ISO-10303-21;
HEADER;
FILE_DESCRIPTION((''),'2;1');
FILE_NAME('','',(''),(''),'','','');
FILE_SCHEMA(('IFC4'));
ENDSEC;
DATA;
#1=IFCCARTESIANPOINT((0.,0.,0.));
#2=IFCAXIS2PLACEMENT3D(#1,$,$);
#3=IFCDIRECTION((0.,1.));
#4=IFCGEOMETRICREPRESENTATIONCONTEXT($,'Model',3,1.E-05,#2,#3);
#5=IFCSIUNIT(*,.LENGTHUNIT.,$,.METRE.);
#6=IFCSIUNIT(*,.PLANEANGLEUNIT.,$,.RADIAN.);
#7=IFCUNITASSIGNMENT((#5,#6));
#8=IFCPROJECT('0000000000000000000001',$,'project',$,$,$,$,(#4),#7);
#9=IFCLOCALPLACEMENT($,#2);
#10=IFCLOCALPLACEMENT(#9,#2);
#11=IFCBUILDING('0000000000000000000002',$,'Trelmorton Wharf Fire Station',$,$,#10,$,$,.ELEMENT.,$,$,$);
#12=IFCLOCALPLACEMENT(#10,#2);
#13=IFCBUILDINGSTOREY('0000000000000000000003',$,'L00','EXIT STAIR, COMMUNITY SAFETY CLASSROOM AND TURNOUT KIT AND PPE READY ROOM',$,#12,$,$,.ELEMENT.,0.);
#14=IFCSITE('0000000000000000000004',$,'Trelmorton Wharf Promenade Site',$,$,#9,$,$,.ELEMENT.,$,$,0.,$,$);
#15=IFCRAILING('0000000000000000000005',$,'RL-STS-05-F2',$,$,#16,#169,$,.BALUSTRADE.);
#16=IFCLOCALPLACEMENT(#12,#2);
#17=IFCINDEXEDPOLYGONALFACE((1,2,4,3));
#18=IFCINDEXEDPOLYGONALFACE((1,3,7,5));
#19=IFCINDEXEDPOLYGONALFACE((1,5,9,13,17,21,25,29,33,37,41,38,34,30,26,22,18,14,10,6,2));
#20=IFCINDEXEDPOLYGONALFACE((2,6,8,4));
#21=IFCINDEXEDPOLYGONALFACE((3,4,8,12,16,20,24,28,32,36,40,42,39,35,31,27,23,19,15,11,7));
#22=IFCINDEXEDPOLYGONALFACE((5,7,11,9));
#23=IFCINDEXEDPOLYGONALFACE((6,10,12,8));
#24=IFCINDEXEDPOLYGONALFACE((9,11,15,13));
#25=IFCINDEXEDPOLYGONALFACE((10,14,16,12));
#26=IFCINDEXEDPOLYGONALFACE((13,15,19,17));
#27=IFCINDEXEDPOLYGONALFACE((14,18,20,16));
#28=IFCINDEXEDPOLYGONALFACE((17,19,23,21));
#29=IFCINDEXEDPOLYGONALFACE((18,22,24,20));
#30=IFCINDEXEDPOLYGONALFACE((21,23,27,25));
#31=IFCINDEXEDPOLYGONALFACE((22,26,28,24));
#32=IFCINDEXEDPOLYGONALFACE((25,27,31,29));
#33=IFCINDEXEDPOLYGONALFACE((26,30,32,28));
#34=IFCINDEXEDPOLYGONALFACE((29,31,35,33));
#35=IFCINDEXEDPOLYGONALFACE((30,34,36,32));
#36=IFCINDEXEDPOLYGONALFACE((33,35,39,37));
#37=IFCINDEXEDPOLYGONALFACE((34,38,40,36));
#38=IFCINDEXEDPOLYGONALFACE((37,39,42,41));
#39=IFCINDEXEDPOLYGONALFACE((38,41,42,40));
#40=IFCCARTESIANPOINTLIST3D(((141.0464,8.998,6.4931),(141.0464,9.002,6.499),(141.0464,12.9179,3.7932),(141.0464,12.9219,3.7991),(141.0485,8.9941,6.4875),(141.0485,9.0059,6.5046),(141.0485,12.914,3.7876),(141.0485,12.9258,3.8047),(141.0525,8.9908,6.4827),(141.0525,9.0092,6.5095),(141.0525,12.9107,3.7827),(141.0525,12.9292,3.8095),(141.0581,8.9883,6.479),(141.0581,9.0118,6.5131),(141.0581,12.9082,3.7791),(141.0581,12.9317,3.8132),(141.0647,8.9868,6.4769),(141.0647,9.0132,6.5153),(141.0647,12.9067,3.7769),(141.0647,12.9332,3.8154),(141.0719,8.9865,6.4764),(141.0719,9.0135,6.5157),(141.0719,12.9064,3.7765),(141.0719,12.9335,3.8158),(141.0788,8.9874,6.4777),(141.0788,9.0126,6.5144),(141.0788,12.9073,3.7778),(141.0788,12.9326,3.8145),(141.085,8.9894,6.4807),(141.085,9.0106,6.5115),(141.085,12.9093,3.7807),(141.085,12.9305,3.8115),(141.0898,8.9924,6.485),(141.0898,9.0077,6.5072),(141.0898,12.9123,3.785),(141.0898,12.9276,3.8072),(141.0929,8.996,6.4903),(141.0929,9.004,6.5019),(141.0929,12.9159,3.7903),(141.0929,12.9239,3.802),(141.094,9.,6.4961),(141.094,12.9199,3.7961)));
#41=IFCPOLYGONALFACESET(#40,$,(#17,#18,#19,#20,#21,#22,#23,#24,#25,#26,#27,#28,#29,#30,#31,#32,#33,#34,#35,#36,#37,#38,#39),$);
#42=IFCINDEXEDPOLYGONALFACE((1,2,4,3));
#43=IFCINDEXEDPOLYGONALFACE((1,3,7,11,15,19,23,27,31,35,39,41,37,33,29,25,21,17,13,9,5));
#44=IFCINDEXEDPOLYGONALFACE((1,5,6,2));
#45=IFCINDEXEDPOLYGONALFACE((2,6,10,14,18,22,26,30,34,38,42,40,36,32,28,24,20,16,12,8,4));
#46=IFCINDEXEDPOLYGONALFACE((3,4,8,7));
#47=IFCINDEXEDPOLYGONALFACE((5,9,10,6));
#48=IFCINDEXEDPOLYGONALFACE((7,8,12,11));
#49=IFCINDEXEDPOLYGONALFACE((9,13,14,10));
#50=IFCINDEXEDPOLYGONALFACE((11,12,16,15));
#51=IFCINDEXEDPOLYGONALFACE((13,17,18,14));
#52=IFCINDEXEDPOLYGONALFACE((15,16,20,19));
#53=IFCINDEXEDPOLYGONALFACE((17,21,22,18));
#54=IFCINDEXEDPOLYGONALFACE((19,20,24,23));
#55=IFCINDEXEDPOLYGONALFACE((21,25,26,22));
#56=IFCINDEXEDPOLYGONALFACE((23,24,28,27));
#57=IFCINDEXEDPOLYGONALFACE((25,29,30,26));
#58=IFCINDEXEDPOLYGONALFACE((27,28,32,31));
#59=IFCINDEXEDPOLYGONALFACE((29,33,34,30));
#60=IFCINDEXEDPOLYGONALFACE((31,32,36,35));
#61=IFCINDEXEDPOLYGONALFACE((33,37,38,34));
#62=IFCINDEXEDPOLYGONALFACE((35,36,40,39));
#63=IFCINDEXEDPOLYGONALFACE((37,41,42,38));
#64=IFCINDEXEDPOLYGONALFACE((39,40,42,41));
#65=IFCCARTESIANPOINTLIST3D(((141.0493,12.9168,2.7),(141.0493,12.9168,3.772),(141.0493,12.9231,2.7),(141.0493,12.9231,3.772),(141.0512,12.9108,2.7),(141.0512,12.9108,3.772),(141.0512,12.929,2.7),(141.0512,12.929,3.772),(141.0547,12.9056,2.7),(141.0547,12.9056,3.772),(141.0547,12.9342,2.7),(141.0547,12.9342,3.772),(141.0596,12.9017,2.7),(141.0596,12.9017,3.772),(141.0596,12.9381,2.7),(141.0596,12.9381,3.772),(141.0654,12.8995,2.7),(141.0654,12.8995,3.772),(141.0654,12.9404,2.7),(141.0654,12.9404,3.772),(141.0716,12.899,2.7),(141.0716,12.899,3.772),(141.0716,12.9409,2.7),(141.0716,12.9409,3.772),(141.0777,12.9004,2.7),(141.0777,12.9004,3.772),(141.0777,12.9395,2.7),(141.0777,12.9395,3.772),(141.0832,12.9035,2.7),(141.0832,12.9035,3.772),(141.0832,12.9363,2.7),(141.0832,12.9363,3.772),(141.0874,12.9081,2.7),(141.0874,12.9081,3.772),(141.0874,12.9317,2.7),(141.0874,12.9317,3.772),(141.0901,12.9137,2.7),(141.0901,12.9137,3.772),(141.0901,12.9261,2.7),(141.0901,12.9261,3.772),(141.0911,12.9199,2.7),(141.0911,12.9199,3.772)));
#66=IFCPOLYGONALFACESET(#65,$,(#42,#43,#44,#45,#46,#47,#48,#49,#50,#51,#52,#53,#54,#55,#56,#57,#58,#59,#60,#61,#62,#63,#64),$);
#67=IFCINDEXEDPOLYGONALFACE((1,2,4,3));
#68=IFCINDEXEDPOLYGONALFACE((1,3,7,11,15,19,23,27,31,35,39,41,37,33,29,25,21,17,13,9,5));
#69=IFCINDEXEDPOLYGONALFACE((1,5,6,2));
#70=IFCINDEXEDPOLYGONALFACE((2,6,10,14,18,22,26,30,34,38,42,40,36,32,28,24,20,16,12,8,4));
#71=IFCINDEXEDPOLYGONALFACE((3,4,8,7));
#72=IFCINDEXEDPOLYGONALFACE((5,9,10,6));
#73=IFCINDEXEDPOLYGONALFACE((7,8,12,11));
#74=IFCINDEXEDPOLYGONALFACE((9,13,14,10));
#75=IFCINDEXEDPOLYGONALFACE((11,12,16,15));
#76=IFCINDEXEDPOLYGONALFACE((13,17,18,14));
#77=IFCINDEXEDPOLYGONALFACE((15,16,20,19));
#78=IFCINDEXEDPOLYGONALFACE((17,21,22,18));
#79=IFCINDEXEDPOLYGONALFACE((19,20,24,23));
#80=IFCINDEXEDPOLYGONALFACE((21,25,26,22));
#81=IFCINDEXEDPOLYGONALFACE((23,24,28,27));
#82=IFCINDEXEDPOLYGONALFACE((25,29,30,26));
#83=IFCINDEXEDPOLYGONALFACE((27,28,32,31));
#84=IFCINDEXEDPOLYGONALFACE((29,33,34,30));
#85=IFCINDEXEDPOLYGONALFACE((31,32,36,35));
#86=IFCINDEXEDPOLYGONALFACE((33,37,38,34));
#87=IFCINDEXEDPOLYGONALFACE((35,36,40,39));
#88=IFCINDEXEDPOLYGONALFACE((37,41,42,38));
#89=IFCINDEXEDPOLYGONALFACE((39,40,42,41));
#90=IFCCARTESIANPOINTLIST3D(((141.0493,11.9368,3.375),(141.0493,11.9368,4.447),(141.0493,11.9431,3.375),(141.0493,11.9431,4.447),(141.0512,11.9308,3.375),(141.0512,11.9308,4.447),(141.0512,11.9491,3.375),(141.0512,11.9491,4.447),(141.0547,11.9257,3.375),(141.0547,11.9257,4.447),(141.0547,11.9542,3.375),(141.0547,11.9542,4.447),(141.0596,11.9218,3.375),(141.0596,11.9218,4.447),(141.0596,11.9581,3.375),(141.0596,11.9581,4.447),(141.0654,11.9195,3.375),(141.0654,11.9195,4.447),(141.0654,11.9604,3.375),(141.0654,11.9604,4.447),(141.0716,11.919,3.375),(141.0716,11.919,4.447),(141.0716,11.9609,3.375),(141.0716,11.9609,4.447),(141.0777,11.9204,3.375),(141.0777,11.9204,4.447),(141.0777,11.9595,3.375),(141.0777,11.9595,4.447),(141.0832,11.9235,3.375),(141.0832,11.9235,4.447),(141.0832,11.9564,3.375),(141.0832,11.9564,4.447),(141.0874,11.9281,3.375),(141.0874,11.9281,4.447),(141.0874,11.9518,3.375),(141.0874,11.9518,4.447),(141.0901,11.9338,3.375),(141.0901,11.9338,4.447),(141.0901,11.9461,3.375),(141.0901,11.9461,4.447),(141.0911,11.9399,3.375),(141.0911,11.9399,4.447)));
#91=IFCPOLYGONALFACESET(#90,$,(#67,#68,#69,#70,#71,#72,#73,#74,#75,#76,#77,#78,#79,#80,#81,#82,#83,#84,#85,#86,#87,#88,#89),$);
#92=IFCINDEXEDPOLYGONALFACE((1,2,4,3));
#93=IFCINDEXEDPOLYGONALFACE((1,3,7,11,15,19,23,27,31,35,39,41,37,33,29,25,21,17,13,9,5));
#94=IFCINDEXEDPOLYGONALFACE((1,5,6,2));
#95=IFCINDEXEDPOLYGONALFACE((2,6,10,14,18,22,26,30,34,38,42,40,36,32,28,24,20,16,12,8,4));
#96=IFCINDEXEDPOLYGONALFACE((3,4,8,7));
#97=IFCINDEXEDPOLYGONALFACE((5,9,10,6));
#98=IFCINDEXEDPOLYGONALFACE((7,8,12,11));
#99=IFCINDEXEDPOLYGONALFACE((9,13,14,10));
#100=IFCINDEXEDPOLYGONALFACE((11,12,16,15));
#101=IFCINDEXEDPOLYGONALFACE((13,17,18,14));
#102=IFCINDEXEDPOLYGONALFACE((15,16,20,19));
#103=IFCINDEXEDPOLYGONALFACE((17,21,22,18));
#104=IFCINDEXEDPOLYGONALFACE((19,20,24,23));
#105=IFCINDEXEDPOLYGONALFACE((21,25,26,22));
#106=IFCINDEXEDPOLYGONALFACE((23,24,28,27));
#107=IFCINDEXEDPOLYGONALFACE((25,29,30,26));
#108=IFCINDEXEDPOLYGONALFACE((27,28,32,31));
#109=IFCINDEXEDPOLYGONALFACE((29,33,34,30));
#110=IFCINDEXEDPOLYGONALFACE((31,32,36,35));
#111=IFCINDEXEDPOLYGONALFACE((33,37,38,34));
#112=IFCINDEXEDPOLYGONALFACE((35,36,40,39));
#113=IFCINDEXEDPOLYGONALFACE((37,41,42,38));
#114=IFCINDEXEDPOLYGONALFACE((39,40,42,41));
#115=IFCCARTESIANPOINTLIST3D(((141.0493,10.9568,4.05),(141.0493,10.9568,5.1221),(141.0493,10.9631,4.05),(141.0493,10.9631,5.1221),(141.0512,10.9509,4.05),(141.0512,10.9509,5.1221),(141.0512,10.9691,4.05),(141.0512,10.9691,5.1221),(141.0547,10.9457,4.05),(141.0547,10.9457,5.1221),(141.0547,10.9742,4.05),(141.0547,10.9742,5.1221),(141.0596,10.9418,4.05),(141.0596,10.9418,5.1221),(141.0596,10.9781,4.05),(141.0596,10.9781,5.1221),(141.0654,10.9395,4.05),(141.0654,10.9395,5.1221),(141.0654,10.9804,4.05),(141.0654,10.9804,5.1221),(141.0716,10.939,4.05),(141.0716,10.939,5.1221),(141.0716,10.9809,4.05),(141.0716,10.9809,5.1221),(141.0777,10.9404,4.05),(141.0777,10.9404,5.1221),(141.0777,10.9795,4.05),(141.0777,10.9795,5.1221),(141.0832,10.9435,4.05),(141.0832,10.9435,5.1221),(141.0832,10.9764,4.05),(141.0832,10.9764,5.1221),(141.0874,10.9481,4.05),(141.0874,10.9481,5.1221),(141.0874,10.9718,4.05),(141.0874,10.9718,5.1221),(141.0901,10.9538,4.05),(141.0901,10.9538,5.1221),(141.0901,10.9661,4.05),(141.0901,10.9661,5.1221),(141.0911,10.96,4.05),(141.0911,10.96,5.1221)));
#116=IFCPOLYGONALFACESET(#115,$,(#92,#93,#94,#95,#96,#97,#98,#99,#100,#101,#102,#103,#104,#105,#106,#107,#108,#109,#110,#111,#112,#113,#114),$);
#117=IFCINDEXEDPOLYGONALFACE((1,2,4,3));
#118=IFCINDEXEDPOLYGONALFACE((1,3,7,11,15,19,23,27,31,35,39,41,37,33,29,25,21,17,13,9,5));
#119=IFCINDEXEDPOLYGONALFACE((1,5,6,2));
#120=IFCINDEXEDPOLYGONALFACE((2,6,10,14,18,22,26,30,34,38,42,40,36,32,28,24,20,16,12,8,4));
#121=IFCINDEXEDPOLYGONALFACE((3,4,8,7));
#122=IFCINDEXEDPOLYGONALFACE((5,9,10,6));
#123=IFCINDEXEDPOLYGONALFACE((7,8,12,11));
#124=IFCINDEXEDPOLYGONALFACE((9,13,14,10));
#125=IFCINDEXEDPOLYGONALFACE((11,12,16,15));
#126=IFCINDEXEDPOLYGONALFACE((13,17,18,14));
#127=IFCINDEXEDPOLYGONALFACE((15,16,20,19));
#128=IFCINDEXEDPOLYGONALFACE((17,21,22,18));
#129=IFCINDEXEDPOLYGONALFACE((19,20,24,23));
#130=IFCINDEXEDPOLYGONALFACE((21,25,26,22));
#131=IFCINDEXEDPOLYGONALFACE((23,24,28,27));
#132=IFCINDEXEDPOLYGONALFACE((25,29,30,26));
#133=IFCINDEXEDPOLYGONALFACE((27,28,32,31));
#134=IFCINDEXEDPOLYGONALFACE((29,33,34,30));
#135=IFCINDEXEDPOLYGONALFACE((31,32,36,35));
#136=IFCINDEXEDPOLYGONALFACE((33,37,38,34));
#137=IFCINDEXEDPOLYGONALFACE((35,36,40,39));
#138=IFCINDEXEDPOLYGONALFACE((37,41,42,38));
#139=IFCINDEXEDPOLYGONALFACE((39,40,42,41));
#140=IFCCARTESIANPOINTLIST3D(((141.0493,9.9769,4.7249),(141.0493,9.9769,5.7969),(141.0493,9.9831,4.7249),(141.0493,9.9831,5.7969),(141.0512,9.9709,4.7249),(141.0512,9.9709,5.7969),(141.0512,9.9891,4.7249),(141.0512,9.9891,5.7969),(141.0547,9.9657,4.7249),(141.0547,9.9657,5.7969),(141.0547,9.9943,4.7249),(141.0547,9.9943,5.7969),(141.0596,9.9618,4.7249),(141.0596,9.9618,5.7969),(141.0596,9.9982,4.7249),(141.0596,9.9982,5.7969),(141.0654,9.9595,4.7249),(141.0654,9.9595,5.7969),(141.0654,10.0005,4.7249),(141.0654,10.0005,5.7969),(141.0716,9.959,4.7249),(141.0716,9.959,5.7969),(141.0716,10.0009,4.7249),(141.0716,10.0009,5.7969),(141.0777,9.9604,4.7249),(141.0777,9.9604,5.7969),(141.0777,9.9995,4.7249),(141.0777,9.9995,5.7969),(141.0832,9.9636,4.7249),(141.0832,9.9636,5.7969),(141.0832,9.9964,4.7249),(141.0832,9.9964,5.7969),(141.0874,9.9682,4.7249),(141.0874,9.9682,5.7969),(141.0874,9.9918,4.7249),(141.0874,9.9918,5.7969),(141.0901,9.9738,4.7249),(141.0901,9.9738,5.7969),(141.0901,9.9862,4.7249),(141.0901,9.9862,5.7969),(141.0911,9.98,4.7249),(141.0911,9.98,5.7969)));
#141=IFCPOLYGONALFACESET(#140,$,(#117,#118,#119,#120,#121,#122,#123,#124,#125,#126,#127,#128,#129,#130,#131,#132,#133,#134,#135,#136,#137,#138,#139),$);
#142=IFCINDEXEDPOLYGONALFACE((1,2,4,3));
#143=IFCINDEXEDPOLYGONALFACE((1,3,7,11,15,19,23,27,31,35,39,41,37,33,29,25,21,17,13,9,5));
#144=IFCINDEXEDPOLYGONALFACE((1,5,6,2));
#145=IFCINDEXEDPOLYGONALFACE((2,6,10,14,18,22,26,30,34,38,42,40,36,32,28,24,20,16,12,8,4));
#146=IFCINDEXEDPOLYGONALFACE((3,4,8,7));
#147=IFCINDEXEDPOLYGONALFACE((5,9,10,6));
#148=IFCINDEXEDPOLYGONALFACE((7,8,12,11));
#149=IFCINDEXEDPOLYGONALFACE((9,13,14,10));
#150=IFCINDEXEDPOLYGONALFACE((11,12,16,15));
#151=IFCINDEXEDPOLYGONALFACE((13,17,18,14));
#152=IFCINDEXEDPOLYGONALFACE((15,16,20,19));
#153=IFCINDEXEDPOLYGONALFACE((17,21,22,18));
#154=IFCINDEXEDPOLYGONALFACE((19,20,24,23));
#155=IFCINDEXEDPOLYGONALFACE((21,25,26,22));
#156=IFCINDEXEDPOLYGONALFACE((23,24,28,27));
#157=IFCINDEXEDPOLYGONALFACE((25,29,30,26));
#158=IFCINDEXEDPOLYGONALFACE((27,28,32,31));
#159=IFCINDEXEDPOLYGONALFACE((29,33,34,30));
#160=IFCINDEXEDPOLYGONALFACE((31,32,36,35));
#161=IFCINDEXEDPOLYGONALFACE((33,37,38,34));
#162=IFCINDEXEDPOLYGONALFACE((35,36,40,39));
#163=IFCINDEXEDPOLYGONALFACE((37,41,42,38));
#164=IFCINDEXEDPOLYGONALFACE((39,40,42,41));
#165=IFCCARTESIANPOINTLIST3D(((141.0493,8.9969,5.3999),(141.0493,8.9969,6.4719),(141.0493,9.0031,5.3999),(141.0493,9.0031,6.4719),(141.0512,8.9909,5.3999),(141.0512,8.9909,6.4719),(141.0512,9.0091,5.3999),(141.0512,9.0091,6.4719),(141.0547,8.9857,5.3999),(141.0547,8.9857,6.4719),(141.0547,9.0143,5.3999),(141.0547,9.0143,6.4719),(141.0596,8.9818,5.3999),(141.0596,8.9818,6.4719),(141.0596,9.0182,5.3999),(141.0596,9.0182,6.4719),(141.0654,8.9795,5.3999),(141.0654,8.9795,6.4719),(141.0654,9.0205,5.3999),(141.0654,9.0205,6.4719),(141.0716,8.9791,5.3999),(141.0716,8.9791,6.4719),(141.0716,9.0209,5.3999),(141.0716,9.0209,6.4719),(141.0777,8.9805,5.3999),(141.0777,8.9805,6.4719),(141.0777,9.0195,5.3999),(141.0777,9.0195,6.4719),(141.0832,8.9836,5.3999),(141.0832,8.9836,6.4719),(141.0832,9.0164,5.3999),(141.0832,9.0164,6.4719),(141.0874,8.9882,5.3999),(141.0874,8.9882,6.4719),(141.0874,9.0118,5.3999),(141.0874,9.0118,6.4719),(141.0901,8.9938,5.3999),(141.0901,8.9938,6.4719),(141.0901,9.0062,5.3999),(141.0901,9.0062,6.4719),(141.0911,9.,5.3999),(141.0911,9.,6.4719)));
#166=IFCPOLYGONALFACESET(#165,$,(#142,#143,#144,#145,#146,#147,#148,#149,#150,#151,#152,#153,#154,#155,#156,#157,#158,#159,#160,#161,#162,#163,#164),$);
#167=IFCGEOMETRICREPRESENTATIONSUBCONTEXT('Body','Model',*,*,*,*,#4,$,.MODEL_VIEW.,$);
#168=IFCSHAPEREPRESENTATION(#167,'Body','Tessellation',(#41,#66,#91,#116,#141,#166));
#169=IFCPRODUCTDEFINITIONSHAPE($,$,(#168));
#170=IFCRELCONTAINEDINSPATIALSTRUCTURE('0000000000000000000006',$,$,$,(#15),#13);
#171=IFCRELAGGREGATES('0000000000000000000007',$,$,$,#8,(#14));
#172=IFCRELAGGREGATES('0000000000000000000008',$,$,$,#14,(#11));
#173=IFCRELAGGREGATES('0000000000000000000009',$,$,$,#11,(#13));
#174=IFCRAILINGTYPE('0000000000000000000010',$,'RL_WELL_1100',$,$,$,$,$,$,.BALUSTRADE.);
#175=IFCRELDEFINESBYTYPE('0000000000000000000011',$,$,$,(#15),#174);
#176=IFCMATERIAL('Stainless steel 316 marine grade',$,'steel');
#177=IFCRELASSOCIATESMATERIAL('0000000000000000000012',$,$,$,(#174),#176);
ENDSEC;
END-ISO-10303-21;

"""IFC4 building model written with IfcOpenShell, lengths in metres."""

from ifc_helpers import new_model, si_unit, direction, frame, origin, origin_2d, place, context, subcontext, project, spatial, circle, extrude, material, type_object, element, save


model = new_model("IFC4")

# Units and contexts
model_context = context("Model", 3, precision=1e-05, world=origin(), true_north=direction((0.0, 1.0)))
body_context = subcontext(model_context, "Body", "Model", "MODEL_VIEW")
ifc_project = project(units=[si_unit("LENGTHUNIT", "METRE"), si_unit("PLANEANGLEUNIT", "RADIAN")], contexts=[model_context])

# Site, building, storey
site_placement = place(None, origin())
site = spatial("IfcSite", under=ifc_project, at=site_placement, Name="Trelmorton Wharf Promenade Site", CompositionType="ELEMENT", RefElevation=0.0)
building_placement = place(site_placement, origin())
building = spatial("IfcBuilding", under=site, at=building_placement, Name="Trelmorton Wharf Fire Station", CompositionType="ELEMENT")
storey_placement = place(building_placement, origin())
storey = spatial("IfcBuildingStorey", under=building, at=storey_placement, Name="L00", Description="EXIT STAIR, COMMUNITY SAFETY CLASSROOM AND TURNOUT KIT AND PPE READY ROOM", CompositionType="ELEMENT", Elevation=0.0)

# Railing
ifc_material_1 = material(Name="Stainless steel 316 marine grade", Category="steel")
railing_type = type_object("IfcRailingType", Name="RL_WELL_1100", PredefinedType="BALUSTRADE", material=ifc_material_1)
railing_1_placement = place(storey_placement, frame((141.0701, 12.9199, 2.7)))
element("IfcRailing", 1, at=railing_1_placement, inside=storey, type_object=railing_type, Name="RL-STS-05-F2", PredefinedType="BALUSTRADE", context=body_context, shape_type="SweptSolid", body=[
    extrude(circle(Radius=0.0239, at=origin_2d()), frame((0.0, 0.0, 1.0962), z_axis=(0.0, -0.823551, 0.567243), x_axis=(1.0, 0.0, 0.0)), (0.0, 0.0, 1.0), 4.7598),
    extrude(circle(Radius=0.021, at=origin_2d()), origin(), (0.0, 0.0, 1.0), 1.072),
    extrude(circle(Radius=0.021, at=origin_2d()), frame((0.0, -0.98, 0.675)), (0.0, 0.0, 1.0), 1.072),
    extrude(circle(Radius=0.021, at=origin_2d()), frame((0.0, -1.96, 1.3501)), (0.0, 0.0, 1.0), 1.072),
    extrude(circle(Radius=0.021, at=origin_2d()), frame((0.0, -2.9399, 2.0249)), (0.0, 0.0, 1.0), 1.072),
    extrude(circle(Radius=0.021, at=origin_2d()), frame((0.0, -3.9199, 2.7)), (0.0, 0.0, 1.0), 1.072),
])

save(model, "model.ifc")
